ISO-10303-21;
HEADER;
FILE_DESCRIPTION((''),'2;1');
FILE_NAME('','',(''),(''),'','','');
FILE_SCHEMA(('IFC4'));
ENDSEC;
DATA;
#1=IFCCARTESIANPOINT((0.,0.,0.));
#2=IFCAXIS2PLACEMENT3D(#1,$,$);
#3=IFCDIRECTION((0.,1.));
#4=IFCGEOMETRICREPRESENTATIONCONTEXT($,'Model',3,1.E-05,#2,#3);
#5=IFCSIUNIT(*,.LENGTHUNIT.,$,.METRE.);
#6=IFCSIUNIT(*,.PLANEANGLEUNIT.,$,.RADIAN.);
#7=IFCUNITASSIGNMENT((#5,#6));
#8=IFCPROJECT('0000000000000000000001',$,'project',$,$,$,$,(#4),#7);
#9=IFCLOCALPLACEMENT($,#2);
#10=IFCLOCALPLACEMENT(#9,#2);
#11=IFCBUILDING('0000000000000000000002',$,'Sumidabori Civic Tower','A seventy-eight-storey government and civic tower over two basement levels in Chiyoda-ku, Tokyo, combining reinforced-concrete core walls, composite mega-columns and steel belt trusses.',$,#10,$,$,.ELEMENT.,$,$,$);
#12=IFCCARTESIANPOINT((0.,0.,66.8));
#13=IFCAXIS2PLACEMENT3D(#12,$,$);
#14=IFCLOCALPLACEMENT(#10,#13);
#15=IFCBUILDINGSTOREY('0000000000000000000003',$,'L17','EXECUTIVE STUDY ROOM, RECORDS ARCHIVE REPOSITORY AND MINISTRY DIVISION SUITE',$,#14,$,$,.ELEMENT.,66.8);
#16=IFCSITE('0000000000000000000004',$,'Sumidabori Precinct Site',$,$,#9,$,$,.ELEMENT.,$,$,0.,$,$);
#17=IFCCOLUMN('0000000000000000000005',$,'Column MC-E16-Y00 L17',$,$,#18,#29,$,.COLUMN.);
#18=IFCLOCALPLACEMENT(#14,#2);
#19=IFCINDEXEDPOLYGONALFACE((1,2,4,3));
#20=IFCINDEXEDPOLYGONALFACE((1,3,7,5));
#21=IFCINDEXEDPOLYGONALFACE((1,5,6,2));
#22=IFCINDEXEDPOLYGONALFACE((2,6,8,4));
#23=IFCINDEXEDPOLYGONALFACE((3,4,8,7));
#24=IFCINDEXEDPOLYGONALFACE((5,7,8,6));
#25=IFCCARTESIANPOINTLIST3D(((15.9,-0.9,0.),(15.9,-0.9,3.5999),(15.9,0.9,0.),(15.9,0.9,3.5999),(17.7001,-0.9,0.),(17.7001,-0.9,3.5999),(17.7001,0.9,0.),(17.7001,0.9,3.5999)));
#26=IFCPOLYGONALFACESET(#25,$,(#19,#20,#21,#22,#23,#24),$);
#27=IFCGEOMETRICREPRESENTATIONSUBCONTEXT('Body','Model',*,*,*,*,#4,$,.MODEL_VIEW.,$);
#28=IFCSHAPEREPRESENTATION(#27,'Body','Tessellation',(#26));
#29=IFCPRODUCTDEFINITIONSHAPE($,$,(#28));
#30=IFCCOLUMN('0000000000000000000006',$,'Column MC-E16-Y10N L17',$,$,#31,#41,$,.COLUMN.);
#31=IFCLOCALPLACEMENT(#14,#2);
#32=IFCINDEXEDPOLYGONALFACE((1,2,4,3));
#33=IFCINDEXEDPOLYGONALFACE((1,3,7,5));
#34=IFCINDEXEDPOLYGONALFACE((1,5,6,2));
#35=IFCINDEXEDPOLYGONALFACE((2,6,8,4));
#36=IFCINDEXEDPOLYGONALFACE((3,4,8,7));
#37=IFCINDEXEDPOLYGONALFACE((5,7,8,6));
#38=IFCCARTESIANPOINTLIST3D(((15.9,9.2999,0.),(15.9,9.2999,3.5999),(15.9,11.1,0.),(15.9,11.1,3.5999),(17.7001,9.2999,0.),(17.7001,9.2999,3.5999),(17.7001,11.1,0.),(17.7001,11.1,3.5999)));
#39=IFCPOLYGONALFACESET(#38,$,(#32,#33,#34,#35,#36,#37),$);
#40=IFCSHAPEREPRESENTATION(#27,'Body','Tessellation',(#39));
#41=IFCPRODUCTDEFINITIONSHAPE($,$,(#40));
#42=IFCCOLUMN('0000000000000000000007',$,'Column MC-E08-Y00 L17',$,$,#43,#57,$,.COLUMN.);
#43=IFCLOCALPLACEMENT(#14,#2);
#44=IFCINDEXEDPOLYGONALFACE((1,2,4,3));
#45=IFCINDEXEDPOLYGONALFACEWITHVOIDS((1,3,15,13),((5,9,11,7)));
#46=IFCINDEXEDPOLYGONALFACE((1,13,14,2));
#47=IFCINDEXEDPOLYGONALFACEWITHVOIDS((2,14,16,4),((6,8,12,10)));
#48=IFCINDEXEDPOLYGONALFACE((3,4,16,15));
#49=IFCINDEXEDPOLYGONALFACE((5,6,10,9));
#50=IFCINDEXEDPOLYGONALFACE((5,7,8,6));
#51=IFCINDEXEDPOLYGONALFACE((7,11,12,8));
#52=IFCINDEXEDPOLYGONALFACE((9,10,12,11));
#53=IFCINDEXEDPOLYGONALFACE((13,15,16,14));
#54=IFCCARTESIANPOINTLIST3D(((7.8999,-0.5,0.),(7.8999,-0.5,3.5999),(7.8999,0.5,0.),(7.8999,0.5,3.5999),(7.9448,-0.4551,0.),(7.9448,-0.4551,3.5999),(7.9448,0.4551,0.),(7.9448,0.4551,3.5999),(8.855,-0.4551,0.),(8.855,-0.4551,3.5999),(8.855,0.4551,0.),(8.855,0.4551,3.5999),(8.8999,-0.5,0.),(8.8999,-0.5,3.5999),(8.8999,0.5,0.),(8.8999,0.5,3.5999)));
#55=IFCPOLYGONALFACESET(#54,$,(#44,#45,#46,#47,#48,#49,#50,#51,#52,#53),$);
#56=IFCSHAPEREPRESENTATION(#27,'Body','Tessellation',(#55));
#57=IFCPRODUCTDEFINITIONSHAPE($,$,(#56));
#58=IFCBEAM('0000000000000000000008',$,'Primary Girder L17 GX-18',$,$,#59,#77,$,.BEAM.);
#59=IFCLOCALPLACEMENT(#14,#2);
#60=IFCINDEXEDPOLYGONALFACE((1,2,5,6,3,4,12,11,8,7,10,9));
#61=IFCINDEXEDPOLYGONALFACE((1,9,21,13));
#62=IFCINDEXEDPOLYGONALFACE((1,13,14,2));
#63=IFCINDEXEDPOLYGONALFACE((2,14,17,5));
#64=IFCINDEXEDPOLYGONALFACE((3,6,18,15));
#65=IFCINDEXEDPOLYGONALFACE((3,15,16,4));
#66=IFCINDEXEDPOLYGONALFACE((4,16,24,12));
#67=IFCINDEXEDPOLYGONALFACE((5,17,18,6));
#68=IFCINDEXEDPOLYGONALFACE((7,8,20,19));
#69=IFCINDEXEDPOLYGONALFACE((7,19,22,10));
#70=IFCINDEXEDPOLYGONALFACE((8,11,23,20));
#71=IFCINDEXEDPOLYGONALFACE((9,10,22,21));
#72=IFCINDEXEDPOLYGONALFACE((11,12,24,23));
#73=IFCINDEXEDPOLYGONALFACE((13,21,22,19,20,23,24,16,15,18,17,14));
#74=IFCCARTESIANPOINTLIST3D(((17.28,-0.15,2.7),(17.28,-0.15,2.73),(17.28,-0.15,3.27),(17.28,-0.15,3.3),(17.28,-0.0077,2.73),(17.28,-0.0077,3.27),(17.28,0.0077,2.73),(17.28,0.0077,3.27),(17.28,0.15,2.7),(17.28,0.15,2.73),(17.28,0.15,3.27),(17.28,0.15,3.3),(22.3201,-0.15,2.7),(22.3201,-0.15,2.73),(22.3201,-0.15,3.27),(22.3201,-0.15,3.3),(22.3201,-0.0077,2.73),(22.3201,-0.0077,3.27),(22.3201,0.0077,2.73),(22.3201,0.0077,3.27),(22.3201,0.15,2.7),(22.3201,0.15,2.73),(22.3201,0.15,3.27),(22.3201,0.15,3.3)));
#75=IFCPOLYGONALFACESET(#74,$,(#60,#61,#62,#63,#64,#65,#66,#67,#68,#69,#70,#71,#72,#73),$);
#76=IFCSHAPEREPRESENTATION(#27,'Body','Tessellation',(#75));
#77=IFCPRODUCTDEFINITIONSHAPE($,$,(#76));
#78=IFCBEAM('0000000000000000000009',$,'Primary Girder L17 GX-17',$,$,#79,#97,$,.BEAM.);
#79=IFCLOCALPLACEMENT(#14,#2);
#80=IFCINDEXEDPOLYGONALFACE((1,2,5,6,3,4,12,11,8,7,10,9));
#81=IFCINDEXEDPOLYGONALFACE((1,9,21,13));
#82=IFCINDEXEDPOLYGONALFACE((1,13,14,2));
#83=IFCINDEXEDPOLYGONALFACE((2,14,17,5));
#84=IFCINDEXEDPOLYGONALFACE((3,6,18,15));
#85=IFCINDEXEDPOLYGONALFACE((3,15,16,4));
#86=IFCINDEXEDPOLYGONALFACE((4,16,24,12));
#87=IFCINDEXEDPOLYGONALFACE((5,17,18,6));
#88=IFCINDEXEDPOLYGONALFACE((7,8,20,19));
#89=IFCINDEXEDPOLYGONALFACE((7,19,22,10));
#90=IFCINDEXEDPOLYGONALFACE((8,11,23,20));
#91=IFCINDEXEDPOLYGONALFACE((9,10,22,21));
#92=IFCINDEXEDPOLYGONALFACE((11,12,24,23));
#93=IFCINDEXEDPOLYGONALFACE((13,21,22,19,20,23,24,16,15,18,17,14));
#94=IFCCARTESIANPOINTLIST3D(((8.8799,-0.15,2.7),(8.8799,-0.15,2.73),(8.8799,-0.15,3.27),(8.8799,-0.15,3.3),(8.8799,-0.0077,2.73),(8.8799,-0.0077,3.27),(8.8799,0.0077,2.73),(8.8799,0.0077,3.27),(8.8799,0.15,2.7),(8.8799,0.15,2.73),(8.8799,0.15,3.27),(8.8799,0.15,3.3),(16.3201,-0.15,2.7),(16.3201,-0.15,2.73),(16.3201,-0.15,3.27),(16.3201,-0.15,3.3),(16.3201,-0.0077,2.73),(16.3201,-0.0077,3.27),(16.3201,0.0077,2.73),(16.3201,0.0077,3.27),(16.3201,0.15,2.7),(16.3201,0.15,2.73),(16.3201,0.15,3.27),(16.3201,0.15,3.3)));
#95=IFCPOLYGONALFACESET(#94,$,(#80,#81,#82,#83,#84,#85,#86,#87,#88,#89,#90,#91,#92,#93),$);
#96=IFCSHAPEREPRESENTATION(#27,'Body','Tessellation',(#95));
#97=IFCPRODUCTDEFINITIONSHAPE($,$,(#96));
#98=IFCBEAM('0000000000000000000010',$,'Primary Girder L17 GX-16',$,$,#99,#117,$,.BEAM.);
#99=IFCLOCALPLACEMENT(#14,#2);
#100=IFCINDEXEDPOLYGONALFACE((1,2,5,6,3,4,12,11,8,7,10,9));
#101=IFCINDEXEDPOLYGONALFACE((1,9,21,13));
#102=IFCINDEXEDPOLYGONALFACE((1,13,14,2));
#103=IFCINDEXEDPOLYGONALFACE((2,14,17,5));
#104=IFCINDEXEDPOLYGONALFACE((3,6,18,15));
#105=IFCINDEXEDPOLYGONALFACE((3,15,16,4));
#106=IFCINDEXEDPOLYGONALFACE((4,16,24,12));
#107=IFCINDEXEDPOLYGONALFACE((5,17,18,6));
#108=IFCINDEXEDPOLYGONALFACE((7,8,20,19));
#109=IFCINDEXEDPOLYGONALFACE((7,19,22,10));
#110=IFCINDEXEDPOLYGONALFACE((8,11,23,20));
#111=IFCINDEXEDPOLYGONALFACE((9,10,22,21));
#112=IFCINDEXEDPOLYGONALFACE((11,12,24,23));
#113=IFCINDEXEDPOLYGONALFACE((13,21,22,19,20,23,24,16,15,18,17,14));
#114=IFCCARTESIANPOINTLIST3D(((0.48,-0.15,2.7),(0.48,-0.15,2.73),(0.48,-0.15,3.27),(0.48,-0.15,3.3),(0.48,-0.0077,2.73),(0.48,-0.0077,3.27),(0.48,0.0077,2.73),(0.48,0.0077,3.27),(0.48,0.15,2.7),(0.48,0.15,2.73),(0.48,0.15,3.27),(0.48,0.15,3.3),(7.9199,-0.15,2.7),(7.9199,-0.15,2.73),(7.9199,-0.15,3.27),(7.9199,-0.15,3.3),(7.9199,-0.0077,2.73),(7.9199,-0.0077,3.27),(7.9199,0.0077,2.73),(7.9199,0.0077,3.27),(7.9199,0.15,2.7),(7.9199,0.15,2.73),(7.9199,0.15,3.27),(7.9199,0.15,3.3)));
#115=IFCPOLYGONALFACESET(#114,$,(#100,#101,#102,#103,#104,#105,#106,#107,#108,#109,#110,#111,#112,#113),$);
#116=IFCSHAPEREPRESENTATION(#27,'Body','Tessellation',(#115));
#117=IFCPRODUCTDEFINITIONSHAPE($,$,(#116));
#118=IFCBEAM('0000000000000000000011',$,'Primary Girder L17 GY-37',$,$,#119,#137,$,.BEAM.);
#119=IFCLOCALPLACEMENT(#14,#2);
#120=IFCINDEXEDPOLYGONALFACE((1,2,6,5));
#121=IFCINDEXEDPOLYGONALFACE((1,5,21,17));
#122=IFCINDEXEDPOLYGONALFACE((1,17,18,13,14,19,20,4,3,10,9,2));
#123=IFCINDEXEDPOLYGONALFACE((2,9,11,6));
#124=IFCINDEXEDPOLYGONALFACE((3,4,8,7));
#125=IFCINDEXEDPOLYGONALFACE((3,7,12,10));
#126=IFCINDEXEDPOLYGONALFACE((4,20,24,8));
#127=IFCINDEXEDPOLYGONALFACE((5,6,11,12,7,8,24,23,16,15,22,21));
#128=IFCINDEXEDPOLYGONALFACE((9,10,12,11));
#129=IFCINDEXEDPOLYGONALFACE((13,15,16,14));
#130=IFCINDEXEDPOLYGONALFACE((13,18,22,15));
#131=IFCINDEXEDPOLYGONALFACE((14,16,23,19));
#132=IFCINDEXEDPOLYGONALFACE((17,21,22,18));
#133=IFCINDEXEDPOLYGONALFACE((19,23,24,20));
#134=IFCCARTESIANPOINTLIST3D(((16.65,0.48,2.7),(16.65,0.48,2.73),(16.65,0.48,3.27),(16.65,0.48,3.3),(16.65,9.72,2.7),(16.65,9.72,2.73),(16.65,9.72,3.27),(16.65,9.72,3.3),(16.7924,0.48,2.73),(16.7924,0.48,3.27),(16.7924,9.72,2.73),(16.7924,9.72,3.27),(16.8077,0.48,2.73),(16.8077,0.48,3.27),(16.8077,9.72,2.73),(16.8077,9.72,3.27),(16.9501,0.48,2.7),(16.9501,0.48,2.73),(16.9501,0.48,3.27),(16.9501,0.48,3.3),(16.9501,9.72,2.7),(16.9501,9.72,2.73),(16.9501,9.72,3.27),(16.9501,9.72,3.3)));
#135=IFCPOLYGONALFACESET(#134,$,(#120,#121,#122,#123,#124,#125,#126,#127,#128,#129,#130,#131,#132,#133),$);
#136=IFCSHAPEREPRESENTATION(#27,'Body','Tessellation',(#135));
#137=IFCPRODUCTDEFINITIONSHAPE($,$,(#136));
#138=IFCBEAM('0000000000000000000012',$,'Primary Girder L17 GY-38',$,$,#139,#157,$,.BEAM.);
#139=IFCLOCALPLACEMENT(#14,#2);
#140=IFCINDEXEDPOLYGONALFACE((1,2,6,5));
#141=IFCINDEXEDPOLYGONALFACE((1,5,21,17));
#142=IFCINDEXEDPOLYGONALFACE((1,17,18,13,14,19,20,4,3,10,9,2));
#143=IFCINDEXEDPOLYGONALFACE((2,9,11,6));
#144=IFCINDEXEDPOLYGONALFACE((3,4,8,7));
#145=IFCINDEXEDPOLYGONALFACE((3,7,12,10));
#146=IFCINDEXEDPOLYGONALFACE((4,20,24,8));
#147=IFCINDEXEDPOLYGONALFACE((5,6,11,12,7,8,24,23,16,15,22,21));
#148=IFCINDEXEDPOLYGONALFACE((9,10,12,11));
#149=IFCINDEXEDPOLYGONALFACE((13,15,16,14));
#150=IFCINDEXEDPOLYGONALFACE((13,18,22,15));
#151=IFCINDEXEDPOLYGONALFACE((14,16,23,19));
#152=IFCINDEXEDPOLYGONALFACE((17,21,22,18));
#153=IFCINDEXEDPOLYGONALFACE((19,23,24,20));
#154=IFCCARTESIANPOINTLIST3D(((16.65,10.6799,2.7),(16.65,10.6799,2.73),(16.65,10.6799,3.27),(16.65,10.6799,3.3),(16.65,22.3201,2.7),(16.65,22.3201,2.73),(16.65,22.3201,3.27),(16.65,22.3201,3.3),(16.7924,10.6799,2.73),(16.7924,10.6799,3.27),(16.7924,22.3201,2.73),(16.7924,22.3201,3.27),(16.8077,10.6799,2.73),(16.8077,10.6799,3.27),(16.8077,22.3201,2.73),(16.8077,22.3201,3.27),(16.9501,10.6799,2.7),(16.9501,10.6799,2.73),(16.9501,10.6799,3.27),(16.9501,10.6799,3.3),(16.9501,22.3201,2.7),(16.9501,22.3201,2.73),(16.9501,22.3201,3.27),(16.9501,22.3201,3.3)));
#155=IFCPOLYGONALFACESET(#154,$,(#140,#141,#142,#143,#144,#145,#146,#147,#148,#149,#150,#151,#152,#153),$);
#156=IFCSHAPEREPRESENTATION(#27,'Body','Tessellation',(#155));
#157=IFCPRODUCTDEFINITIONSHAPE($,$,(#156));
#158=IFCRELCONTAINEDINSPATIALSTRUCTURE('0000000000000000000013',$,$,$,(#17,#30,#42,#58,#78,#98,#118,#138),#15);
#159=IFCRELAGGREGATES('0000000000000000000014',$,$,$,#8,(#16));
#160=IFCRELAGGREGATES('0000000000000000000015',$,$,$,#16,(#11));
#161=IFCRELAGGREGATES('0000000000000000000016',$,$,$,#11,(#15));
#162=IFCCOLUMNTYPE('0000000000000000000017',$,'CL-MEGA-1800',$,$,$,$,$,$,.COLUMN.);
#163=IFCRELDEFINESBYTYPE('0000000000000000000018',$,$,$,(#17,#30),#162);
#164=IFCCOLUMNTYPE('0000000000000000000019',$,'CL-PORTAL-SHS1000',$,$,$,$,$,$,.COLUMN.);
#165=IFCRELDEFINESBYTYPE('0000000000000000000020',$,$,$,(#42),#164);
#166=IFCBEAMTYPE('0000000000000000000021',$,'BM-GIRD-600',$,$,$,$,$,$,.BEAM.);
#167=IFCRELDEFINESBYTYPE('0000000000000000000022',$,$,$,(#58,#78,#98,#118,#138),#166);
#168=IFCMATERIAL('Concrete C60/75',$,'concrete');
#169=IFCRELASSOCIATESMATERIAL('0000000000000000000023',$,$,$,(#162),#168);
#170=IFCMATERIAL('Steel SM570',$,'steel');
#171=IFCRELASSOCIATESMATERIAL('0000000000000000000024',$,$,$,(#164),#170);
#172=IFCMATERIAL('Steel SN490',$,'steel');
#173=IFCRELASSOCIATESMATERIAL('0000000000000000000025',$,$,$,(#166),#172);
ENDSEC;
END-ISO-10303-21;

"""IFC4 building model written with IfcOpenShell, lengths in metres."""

from ifc_helpers import new_model, si_unit, direction, frame, origin, origin_2d, place, context, subcontext, project, spatial, rectangle, hollow_rectangle, i_section, extrude, source, transform, mapped, material, material_profile, profile_set, type_object, element, save


model = new_model("IFC4")

# Units and contexts
model_context = context("Model", 3, precision=1e-05, world=origin(), true_north=direction((0.0, 1.0)))
body_context = subcontext(model_context, "Body", "Model", "MODEL_VIEW")
ifc_project = project(units=[si_unit("LENGTHUNIT", "METRE"), si_unit("PLANEANGLEUNIT", "RADIAN")], contexts=[model_context])

# Site, building, storey
site_placement = place(None, origin())
site = spatial("IfcSite", under=ifc_project, at=site_placement, Name="Sumidabori Precinct Site", CompositionType="ELEMENT", RefElevation=0.0)
building_placement = place(site_placement, origin())
building = spatial("IfcBuilding", under=site, at=building_placement, Name="Sumidabori Civic Tower", Description="A seventy-eight-storey government and civic tower over two basement levels in Chiyoda-ku, Tokyo, combining reinforced-concrete core walls, composite mega-columns and steel belt trusses.", CompositionType="ELEMENT")
storey_placement = place(building_placement, frame((0.0, 0.0, 66.8)))
storey = spatial("IfcBuildingStorey", under=building, at=storey_placement, Name="L17", Description="EXECUTIVE STUDY ROOM, RECORDS ARCHIVE REPOSITORY AND MINISTRY DIVISION SUITE", CompositionType="ELEMENT", Elevation=66.8)

# Columns
ifc_material_1 = material(Name="Concrete C60/75", Category="concrete")
ifc_material_profile_1 = material_profile(ifc_material_1, rectangle(XDim=1.8, YDim=1.8, at=origin_2d()), Name="RC 1800x1800")
ifc_profile_set_1 = profile_set([ifc_material_profile_1], Name="Concrete C60/75")
column_type_1 = type_object("IfcColumnType", Name="CL-MEGA-1800", PredefinedType="COLUMN", material=ifc_profile_set_1)
shared_shape_1 = source(origin(), body_context, "Body", "SweptSolid", [
    extrude(rectangle(XDim=1.8, YDim=1.8, at=origin_2d()), origin(), (0.0, 0.0, 1.0), 3.5999),
])
for number, where, z_axis, x_axis, name in (
    (1, (16.8, 0.0, 0.0), (0.0, 0.0, 1.0), (1.0, 0.0, 0.0), "Column MC-E16-Y00 L17"),
    (2, (16.8, 10.2, 0.0), (0.0, 0.0, 1.0), (1.0, 0.0, 0.0), "Column MC-E16-Y10N L17"),
):
    element("IfcColumn", number, at=place(storey_placement, frame(where, z_axis=z_axis, x_axis=x_axis)), inside=storey, type_object=column_type_1, Name=name, PredefinedType="COLUMN", context=body_context, shape_type="MappedRepresentation", body=[
        mapped(shared_shape_1, transform((0.0, 0.0, 0.0), x_axis=(1.0, 0.0, 0.0), y_axis=(0.0, 1.0, 0.0), z_axis=(0.0, 0.0, 1.0), scale=1.0)),
    ])
ifc_material_2 = material(Name="Steel SM570", Category="steel")
ifc_material_profile_2 = material_profile(ifc_material_2, hollow_rectangle(XDim=1.0, YDim=1.0, WallThickness=0.0449, at=origin_2d()), Name="SHS 1000x1000x45")
ifc_profile_set_2 = profile_set([ifc_material_profile_2], Name="Steel SM570")
column_type_2 = type_object("IfcColumnType", Name="CL-PORTAL-SHS1000", PredefinedType="COLUMN", material=ifc_profile_set_2)
shared_shape_2 = source(origin(), body_context, "Body", "SweptSolid", [
    extrude(hollow_rectangle(XDim=1.0, YDim=1.0, WallThickness=0.0449, at=origin_2d()), origin(), (0.0, 0.0, 1.0), 3.5999),
])
column_placement = place(storey_placement, frame((8.3999, 0.0, 0.0), z_axis=(0.0, 0.0, 1.0), x_axis=(1.0, 0.0, 0.0)))
element("IfcColumn", 3, at=column_placement, inside=storey, type_object=column_type_2, Name="Column MC-E08-Y00 L17", PredefinedType="COLUMN", context=body_context, shape_type="MappedRepresentation", body=[
    mapped(shared_shape_2, transform((0.0, 0.0, 0.0), x_axis=(1.0, 0.0, 0.0), y_axis=(0.0, 1.0, 0.0), z_axis=(0.0, 0.0, 1.0), scale=1.0)),
])

# Beams
ifc_material_3 = material(Name="Steel SN490", Category="steel")
ifc_material_profile_3 = material_profile(ifc_material_3, i_section(OverallWidth=0.3, OverallDepth=0.6001, WebThickness=0.0154, FlangeThickness=0.03, at=origin_2d()), Name="HE 600 B")
ifc_profile_set_3 = profile_set([ifc_material_profile_3], Name="Steel SN490")
beam_type_1 = type_object("IfcBeamType", Name="BM-GIRD-600", PredefinedType="BEAM", material=ifc_profile_set_3)
shared_shape_3 = source(origin(), body_context, "Body", "SweptSolid", [
    extrude(i_section(OverallWidth=0.3, OverallDepth=0.6001, WebThickness=0.0154, FlangeThickness=0.03, at=origin_2d()), origin(), (0.0, 0.0, 1.0), 5.04),
])
beam_1_placement = place(storey_placement, frame((17.28, 0.0, 3.0), z_axis=(1.0, 0.0, 0.0), x_axis=(0.0, 1.0, 0.0)))
element("IfcBeam", 4, at=beam_1_placement, inside=storey, type_object=beam_type_1, Name="Primary Girder L17 GX-18", PredefinedType="BEAM", context=body_context, shape_type="MappedRepresentation", body=[
    mapped(shared_shape_3, transform((0.0, 0.0, 0.0), x_axis=(1.0, 0.0, 0.0), y_axis=(0.0, 1.0, 0.0), z_axis=(0.0, 0.0, 1.0), scale=1.0)),
])
shared_shape_4 = source(origin(), body_context, "Body", "SweptSolid", [
    extrude(i_section(OverallWidth=0.3, OverallDepth=0.6001, WebThickness=0.0154, FlangeThickness=0.03, at=origin_2d()), origin(), (0.0, 0.0, 1.0), 7.4402),
])
beam_2_placement = place(storey_placement, frame((8.8799, 0.0, 3.0), z_axis=(1.0, 0.0, 0.0), x_axis=(0.0, 1.0, 0.0)))
element("IfcBeam", 5, at=beam_2_placement, inside=storey, type_object=beam_type_1, Name="Primary Girder L17 GX-17", PredefinedType="BEAM", context=body_context, shape_type="MappedRepresentation", body=[
    mapped(shared_shape_4, transform((0.0, 0.0, 0.0), x_axis=(1.0, 0.0, 0.0), y_axis=(0.0, 1.0, 0.0), z_axis=(0.0, 0.0, 1.0), scale=1.0)),
])
shared_shape_5 = source(origin(), body_context, "Body", "SweptSolid", [
    extrude(i_section(OverallWidth=0.3, OverallDepth=0.6001, WebThickness=0.0154, FlangeThickness=0.03, at=origin_2d()), origin(), (0.0, 0.0, 1.0), 7.4399),
])
beam_3_placement = place(storey_placement, frame((0.48, 0.0, 3.0), z_axis=(1.0, 0.0, 0.0), x_axis=(0.0, 1.0, 0.0)))
element("IfcBeam", 6, at=beam_3_placement, inside=storey, type_object=beam_type_1, Name="Primary Girder L17 GX-16", PredefinedType="BEAM", context=body_context, shape_type="MappedRepresentation", body=[
    mapped(shared_shape_5, transform((0.0, 0.0, 0.0), x_axis=(1.0, 0.0, 0.0), y_axis=(0.0, 1.0, 0.0), z_axis=(0.0, 0.0, 1.0), scale=1.0)),
])
shared_shape_6 = source(origin(), body_context, "Body", "SweptSolid", [
    extrude(i_section(OverallWidth=0.3, OverallDepth=0.6001, WebThickness=0.0154, FlangeThickness=0.03, at=origin_2d()), origin(), (0.0, 0.0, 1.0), 9.24),
])
beam_4_placement = place(storey_placement, frame((16.8, 0.48, 3.0), z_axis=(0.0, 1.0, 0.0), x_axis=(-1.0, 0.0, 0.0)))
element("IfcBeam", 7, at=beam_4_placement, inside=storey, type_object=beam_type_1, Name="Primary Girder L17 GY-37", PredefinedType="BEAM", context=body_context, shape_type="MappedRepresentation", body=[
    mapped(shared_shape_6, transform((0.0, 0.0, 0.0), x_axis=(1.0, 0.0, 0.0), y_axis=(0.0, 1.0, 0.0), z_axis=(0.0, 0.0, 1.0), scale=1.0)),
])
shared_shape_7 = source(origin(), body_context, "Body", "SweptSolid", [
    extrude(i_section(OverallWidth=0.3, OverallDepth=0.6001, WebThickness=0.0154, FlangeThickness=0.03, at=origin_2d()), origin(), (0.0, 0.0, 1.0), 11.6401),
])
beam_5_placement = place(storey_placement, frame((16.8, 10.6799, 3.0), z_axis=(0.0, 1.0, 0.0), x_axis=(-1.0, 0.0, 0.0)))
element("IfcBeam", 8, at=beam_5_placement, inside=storey, type_object=beam_type_1, Name="Primary Girder L17 GY-38", PredefinedType="BEAM", context=body_context, shape_type="MappedRepresentation", body=[
    mapped(shared_shape_7, transform((0.0, 0.0, 0.0), x_axis=(1.0, 0.0, 0.0), y_axis=(0.0, 1.0, 0.0), z_axis=(0.0, 0.0, 1.0), scale=1.0)),
])

save(model, "model.ifc")
